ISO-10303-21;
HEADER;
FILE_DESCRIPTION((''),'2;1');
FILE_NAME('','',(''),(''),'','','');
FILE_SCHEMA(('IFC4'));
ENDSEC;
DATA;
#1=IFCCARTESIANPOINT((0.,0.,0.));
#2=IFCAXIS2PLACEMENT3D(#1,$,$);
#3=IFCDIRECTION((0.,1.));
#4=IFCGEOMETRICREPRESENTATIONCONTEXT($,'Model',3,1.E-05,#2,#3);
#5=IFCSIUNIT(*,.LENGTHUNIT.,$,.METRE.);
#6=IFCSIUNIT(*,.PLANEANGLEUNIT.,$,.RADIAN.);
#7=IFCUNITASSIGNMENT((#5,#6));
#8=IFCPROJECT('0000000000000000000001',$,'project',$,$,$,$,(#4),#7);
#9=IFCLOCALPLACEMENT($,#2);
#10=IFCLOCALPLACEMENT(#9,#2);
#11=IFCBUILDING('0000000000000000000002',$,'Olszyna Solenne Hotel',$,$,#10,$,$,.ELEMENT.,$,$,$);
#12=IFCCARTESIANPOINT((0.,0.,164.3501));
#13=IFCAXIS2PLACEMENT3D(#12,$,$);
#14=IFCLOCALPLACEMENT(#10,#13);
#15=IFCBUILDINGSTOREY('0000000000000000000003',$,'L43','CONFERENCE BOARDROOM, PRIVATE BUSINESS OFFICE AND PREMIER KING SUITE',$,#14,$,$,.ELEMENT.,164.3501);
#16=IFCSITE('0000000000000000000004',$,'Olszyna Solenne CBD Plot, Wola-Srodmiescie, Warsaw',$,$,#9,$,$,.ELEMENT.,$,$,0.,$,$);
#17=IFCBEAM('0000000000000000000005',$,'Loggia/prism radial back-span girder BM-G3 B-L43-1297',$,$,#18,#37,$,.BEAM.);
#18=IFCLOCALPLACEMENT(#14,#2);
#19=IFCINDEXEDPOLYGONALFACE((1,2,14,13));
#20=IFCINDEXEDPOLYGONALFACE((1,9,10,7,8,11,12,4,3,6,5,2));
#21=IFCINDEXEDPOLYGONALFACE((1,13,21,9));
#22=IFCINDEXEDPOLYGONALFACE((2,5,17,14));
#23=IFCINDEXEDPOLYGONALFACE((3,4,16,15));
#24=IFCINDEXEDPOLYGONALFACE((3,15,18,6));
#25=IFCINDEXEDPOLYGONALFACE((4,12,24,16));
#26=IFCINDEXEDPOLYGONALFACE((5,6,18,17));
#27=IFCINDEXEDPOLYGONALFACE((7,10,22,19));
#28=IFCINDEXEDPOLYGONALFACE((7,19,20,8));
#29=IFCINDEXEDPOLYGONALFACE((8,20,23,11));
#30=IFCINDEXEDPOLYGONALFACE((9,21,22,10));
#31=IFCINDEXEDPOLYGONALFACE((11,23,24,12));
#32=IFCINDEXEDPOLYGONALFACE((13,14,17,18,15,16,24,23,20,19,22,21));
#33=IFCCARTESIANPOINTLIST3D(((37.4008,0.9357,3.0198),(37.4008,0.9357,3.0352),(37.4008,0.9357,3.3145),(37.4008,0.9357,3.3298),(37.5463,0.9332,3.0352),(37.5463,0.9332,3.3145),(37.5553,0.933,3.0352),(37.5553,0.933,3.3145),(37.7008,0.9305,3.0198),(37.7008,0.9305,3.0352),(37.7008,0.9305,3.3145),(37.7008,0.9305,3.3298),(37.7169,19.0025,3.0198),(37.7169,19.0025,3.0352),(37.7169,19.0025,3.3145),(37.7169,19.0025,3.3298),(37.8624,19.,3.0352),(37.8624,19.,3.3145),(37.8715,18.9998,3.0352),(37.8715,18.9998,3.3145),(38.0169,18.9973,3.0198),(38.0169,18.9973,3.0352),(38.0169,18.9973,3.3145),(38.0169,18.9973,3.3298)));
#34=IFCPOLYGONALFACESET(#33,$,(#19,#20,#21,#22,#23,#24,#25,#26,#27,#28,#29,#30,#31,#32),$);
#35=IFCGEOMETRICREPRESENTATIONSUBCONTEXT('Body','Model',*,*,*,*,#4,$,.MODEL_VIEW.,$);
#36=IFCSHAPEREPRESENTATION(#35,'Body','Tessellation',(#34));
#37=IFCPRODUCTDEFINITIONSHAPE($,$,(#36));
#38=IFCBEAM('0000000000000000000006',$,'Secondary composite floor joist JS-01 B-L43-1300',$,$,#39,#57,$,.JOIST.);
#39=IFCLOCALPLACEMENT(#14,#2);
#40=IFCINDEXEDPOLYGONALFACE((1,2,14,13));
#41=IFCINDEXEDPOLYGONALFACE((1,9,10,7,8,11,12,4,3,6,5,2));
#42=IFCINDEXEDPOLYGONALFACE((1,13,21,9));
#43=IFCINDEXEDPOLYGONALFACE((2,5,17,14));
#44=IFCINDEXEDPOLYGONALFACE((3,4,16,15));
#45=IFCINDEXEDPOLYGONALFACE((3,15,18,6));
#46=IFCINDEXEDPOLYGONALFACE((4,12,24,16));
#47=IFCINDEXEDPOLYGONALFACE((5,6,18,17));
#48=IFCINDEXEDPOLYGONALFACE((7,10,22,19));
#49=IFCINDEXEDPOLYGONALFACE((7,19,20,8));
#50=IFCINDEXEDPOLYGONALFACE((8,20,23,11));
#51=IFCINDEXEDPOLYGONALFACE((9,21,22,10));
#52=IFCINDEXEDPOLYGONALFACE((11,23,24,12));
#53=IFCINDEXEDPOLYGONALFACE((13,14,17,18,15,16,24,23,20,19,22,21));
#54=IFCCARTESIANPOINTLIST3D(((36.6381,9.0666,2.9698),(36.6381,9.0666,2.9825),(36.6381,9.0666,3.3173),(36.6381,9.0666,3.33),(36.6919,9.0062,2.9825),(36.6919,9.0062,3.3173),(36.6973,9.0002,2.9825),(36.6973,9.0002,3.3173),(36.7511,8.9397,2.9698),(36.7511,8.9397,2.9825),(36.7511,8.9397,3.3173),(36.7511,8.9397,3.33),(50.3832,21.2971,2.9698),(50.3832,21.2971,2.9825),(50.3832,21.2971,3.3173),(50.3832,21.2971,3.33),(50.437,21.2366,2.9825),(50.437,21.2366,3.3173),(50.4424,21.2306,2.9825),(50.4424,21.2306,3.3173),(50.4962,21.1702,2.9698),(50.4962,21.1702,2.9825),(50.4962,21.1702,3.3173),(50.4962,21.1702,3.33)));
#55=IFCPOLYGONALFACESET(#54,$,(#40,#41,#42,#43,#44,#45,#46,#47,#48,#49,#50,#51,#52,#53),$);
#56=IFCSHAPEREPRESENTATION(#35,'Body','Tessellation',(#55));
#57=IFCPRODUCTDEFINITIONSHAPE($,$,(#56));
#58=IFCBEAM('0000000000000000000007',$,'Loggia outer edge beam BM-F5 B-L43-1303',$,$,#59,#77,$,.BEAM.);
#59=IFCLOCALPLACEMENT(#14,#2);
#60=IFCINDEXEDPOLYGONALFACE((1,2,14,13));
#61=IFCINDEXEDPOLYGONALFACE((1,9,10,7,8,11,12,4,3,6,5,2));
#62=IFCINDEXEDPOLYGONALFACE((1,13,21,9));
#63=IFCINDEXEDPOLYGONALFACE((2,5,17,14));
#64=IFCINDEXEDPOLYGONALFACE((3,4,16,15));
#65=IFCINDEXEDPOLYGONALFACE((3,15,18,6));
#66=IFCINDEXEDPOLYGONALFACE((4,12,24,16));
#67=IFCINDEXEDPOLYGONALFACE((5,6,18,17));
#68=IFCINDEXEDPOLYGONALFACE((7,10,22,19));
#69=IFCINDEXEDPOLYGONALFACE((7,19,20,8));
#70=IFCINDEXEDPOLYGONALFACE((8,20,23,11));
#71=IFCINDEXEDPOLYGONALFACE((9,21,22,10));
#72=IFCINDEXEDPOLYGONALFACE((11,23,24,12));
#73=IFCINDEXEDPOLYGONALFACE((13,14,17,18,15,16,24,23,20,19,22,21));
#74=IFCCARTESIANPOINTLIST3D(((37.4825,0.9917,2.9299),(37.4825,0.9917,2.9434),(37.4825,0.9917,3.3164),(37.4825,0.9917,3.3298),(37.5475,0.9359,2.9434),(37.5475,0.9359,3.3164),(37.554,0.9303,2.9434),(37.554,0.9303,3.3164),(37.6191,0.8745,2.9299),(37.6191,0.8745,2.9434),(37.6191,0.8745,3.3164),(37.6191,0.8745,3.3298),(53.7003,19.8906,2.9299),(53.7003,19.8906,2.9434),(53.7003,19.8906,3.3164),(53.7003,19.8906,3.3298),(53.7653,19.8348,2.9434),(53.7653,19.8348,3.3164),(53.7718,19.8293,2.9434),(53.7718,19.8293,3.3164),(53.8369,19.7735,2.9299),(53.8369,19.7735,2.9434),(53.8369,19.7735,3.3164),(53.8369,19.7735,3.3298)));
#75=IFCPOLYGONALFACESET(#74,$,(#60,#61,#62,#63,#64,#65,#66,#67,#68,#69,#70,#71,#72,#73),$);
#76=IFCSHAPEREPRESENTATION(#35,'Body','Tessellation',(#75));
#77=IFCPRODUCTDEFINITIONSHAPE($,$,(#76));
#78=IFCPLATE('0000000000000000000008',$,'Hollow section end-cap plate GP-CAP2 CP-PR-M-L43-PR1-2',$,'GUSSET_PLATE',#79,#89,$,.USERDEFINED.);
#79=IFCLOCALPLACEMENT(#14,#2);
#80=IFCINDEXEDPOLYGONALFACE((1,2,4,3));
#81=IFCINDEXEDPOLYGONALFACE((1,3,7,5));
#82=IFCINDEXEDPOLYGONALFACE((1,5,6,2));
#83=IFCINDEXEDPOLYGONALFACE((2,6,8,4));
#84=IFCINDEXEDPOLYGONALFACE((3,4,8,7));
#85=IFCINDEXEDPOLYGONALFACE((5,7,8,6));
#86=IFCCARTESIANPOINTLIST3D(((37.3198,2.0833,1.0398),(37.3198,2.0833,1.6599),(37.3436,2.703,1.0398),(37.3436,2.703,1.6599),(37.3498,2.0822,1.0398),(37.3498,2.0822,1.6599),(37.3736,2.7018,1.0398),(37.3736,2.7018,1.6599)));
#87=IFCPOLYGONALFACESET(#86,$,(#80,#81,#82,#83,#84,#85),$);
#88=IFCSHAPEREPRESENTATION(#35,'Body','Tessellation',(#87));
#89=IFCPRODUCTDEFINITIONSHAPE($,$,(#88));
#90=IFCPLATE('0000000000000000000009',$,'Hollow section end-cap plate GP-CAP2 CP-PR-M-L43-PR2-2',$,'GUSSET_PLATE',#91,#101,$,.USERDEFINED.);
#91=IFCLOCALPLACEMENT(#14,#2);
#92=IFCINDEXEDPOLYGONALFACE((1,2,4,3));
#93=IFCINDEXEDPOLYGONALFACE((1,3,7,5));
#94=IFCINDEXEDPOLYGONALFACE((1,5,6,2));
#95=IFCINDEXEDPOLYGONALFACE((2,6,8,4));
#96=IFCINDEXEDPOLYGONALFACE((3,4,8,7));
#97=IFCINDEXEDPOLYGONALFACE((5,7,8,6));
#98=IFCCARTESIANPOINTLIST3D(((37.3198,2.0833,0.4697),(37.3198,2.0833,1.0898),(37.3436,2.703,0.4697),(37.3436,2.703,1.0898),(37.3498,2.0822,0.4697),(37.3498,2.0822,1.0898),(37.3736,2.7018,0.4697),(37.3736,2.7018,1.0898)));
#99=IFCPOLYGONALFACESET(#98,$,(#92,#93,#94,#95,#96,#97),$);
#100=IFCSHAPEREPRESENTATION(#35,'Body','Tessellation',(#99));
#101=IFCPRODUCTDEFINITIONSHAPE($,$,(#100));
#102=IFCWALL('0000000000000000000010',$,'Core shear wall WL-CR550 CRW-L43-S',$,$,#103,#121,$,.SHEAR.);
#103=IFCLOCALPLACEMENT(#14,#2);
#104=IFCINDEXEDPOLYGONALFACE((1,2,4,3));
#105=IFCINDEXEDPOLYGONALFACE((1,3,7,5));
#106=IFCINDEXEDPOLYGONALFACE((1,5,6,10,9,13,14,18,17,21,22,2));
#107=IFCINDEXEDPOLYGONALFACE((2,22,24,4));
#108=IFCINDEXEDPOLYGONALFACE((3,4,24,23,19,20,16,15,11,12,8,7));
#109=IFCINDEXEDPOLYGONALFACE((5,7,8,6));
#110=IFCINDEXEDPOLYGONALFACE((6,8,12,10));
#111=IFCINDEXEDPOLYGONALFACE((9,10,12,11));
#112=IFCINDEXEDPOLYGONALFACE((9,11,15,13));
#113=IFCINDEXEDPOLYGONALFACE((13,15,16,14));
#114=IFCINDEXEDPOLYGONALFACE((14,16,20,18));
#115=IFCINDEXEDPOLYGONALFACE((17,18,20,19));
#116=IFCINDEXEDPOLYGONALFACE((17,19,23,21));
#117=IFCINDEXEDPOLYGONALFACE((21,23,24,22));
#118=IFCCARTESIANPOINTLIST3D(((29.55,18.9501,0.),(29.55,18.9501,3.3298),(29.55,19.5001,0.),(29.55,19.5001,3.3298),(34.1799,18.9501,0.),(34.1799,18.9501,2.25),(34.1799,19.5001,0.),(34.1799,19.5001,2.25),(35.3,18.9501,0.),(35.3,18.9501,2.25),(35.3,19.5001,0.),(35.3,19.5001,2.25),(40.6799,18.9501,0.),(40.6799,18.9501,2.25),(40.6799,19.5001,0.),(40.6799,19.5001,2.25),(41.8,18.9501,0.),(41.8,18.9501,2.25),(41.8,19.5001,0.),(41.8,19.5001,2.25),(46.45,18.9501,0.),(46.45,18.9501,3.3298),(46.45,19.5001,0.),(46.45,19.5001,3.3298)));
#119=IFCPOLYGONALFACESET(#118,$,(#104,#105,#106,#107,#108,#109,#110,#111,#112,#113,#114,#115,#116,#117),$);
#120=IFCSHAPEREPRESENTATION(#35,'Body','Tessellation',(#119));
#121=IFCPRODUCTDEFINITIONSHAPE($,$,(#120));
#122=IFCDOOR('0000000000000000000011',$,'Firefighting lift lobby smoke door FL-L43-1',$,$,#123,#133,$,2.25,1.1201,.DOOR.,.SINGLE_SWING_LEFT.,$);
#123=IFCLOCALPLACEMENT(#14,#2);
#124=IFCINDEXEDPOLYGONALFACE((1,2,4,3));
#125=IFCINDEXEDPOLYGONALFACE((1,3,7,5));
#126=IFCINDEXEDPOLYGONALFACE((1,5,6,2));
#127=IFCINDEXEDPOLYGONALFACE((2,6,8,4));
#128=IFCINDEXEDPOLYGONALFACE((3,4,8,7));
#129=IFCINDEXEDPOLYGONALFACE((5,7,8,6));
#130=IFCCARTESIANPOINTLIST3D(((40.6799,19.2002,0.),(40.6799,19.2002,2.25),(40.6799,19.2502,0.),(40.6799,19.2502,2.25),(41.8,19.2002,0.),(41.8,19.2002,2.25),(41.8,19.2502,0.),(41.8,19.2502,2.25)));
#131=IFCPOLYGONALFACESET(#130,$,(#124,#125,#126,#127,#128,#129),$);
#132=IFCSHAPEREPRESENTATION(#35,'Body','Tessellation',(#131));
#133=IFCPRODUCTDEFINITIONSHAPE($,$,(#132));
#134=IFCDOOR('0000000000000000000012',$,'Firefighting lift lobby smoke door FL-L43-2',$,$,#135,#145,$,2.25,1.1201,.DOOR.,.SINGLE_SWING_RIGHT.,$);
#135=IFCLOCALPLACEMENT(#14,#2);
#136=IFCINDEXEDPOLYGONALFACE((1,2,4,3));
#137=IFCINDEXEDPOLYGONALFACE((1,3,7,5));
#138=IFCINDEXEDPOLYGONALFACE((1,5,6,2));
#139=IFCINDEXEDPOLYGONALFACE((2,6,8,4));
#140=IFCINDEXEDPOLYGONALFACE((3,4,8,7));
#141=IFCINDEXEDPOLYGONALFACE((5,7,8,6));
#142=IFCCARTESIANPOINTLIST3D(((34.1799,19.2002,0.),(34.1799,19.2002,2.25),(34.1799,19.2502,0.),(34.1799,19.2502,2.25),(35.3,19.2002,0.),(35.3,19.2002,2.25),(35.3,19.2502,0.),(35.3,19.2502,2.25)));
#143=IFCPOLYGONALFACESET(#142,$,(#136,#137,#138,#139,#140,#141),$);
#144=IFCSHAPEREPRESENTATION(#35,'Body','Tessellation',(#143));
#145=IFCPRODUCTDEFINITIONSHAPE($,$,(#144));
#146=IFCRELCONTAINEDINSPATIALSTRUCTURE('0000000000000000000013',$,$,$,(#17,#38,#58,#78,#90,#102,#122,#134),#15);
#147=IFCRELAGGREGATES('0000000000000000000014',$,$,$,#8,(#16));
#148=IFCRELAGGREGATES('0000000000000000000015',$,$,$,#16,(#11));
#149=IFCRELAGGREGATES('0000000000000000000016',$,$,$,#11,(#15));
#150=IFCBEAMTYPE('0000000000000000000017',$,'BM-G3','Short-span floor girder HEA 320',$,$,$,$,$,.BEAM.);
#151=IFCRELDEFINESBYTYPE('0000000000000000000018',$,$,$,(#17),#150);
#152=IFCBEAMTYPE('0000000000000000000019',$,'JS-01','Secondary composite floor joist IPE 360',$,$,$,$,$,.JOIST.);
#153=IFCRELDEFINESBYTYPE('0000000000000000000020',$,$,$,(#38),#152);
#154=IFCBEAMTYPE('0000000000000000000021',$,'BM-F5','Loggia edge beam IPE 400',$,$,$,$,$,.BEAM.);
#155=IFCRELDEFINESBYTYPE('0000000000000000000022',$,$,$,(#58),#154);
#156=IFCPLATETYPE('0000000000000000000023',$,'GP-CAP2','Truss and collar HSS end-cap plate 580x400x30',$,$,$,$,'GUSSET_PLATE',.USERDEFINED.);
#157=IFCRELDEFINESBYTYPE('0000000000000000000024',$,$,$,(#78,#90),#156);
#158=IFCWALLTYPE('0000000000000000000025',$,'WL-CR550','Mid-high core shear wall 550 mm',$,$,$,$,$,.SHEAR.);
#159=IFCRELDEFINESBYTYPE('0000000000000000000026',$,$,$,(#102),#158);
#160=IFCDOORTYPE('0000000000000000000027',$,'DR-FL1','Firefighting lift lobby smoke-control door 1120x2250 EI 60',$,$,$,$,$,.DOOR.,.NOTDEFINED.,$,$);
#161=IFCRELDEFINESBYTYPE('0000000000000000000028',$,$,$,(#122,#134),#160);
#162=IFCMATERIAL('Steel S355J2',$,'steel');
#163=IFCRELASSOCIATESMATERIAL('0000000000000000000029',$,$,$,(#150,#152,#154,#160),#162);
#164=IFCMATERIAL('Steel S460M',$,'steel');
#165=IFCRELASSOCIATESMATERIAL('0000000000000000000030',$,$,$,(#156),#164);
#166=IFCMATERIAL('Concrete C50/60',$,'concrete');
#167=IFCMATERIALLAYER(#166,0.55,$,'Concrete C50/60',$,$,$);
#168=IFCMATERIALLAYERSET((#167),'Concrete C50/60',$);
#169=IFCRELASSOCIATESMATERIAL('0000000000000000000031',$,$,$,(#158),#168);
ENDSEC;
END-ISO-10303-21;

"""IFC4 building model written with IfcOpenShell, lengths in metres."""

from ifc_helpers import new_model, si_unit, direction, frame, frame_2d, origin, origin_2d, place, context, subcontext, project, spatial, rectangle, i_section, extrude, source, transform, mapped, material, layer, layer_set, material_profile, profile_set, type_object, type_shapes, element, fill, save


model = new_model("IFC4")

# Units and contexts
model_context = context("Model", 3, precision=1e-05, world=origin(), true_north=direction((0.0, 1.0)))
body_context = subcontext(model_context, "Body", "Model", "MODEL_VIEW")
ifc_project = project(units=[si_unit("LENGTHUNIT", "METRE"), si_unit("PLANEANGLEUNIT", "RADIAN")], contexts=[model_context])

# Site, building, storey
site_placement = place(None, origin())
site = spatial("IfcSite", under=ifc_project, at=site_placement, Name="Olszyna Solenne CBD Plot, Wola-Srodmiescie, Warsaw", CompositionType="ELEMENT", RefElevation=0.0)
building_placement = place(site_placement, origin())
building = spatial("IfcBuilding", under=site, at=building_placement, Name="Olszyna Solenne Hotel", CompositionType="ELEMENT")
storey_placement = place(building_placement, frame((0.0, 0.0, 164.3501)))
storey = spatial("IfcBuildingStorey", under=building, at=storey_placement, Name="L43", Description="CONFERENCE BOARDROOM, PRIVATE BUSINESS OFFICE AND PREMIER KING SUITE", CompositionType="ELEMENT", Elevation=164.3501)

# Shared definitions
ifc_material_1 = material(Name="Steel S460M", Category="steel")

# Beams
ifc_material_2 = material(Name="Steel S355J2", Category="steel")
ifc_material_profile_1 = material_profile(ifc_material_2, i_section(OverallWidth=0.3, OverallDepth=0.3101, WebThickness=0.009, FlangeThickness=0.0154, at=origin_2d()), Name="HEA 320", Category="load-bearing")
ifc_profile_set_1 = profile_set([ifc_material_profile_1], Name="Steel S355J2")
beam_type_1 = type_object("IfcBeamType", Name="BM-G3", Description="Short-span floor girder HEA 320", PredefinedType="BEAM", material=ifc_profile_set_1)
shared_shape_1 = source(origin(), body_context, "Body", "SweptSolid", [
    extrude(i_section(OverallWidth=0.3, OverallDepth=0.3101, WebThickness=0.009, FlangeThickness=0.0154, at=origin_2d()), origin(), (0.0, 0.0, 1.0), 18.0696),
])
beam_1_placement = place(storey_placement, frame((37.5508, 0.9331, 3.1748), z_axis=(0.017497, 0.999847, 0.0), x_axis=(-0.999847, 0.017497, 0.0)))
element("IfcBeam", 1, at=beam_1_placement, inside=storey, type_object=beam_type_1, Name="Loggia/prism radial back-span girder BM-G3 B-L43-1297", PredefinedType="BEAM", context=body_context, shape_type="MappedRepresentation", body=[
    mapped(shared_shape_1, transform((0.0, 0.0, 0.0), x_axis=(1.0, 0.0, 0.0), y_axis=(0.0, 1.0, 0.0), z_axis=(0.0, 0.0, 1.0), scale=1.0)),
])
ifc_material_profile_2 = material_profile(ifc_material_2, i_section(OverallWidth=0.1699, OverallDepth=0.3601, WebThickness=0.0081, FlangeThickness=0.0127, at=origin_2d()), Name="IPE 360", Category="load-bearing")
ifc_profile_set_2 = profile_set([ifc_material_profile_2], Name="Steel S355J2")
beam_type_2 = type_object("IfcBeamType", Name="JS-01", Description="Secondary composite floor joist IPE 360", PredefinedType="JOIST", material=ifc_profile_set_2)
shared_shape_2 = source(origin(), body_context, "Body", "SweptSolid", [
    extrude(i_section(OverallWidth=0.1699, OverallDepth=0.3601, WebThickness=0.0081, FlangeThickness=0.0127, at=origin_2d()), origin(), (0.0, 0.0, 1.0), 18.3987),
])
beam_2_placement = place(storey_placement, frame((36.6946, 9.0032, 3.1499), z_axis=(0.74707, 0.664746, 0.0), x_axis=(-0.664746, 0.74707, 0.0)))
element("IfcBeam", 2, at=beam_2_placement, inside=storey, type_object=beam_type_2, Name="Secondary composite floor joist JS-01 B-L43-1300", PredefinedType="JOIST", context=body_context, shape_type="MappedRepresentation", body=[
    mapped(shared_shape_2, transform((0.0, 0.0, 0.0), x_axis=(1.0, 0.0, 0.0), y_axis=(0.0, 1.0, 0.0), z_axis=(0.0, 0.0, 1.0), scale=1.0)),
])
ifc_material_profile_3 = material_profile(ifc_material_2, i_section(OverallWidth=0.1799, OverallDepth=0.3999, WebThickness=0.0085, FlangeThickness=0.0134, at=origin_2d()), Name="IPE 400", Category="load-bearing")
ifc_profile_set_3 = profile_set([ifc_material_profile_3], Name="Steel S355J2")
beam_type_3 = type_object("IfcBeamType", Name="BM-F5", Description="Loggia edge beam IPE 400", PredefinedType="BEAM", material=ifc_profile_set_3)
shared_shape_3 = source(origin(), body_context, "Body", "SweptSolid", [
    extrude(i_section(OverallWidth=0.1799, OverallDepth=0.3999, WebThickness=0.0085, FlangeThickness=0.0134, at=origin_2d()), origin(), (0.0, 0.0, 1.0), 24.9036),
])
beam_3_placement = place(storey_placement, frame((37.5508, 0.9331, 3.1299), z_axis=(0.651224, 0.758886, 0.0), x_axis=(-0.758886, 0.651224, 0.0)))
element("IfcBeam", 3, at=beam_3_placement, inside=storey, type_object=beam_type_3, Name="Loggia outer edge beam BM-F5 B-L43-1303", PredefinedType="BEAM", context=body_context, shape_type="MappedRepresentation", body=[
    mapped(shared_shape_3, transform((0.0, 0.0, 0.0), x_axis=(1.0, 0.0, 0.0), y_axis=(0.0, 1.0, 0.0), z_axis=(0.0, 0.0, 1.0), scale=1.0)),
])

# Plates
plate_type = type_object("IfcPlateType", Name="GP-CAP2", Description="Truss and collar HSS end-cap plate 580x400x30", ElementType="GUSSET_PLATE", PredefinedType="USERDEFINED", material=ifc_material_1)
shared_shape_4 = source(origin(), body_context, "Body", "SweptSolid", [
    extrude(rectangle(XDim=0.03, YDim=0.6201, at=origin_2d()), origin(), (0.0, 0.0, 1.0), 0.6201),
])
for number, where, z_axis, x_axis, name in (
    (4, (37.3467, 2.3926, 1.0398), (0.0, 0.0, 1.0), (0.999263, -0.038388, 0.0), "Hollow section end-cap plate GP-CAP2 CP-PR-M-L43-PR1-2"),
    (5, (37.3467, 2.3926, 0.4697), (0.0, 0.0, 1.0), (0.999263, -0.038388, 0.0), "Hollow section end-cap plate GP-CAP2 CP-PR-M-L43-PR2-2"),
):
    element("IfcPlate", number, at=place(storey_placement, frame(where, z_axis=z_axis, x_axis=x_axis)), inside=storey, type_object=plate_type, Name=name, ObjectType="GUSSET_PLATE", PredefinedType="USERDEFINED", context=body_context, shape_type="MappedRepresentation", body=[
        mapped(shared_shape_4, transform((0.0, 0.0, 0.0), x_axis=(1.0, 0.0, 0.0), y_axis=(0.0, 1.0, 0.0), z_axis=(0.0, 0.0, 1.0), scale=1.0)),
    ])

# Wall, openings, doors
ifc_material_3 = material(Name="Concrete C50/60", Category="concrete")
ifc_layer_1 = layer(ifc_material_3, 0.55, Name="Concrete C50/60")
ifc_layer_set_1 = layer_set([ifc_layer_1], Name="Concrete C50/60")
wall_type_1 = type_object("IfcWallType", Name="WL-CR550", Description="Mid-high core shear wall 550 mm", PredefinedType="SHEAR", material=ifc_layer_set_1)
wall_1_placement = place(storey_placement, frame((46.45, 19.2251, 0.0), z_axis=(0.0, 0.0, 1.0), x_axis=(-1.0, 0.0, 0.0)))
wall_1 = element("IfcWall", 6, at=wall_1_placement, inside=storey, type_object=wall_type_1, Name="Core shear wall WL-CR550 CRW-L43-S", PredefinedType="SHEAR", context=body_context, shape_type="SweptSolid", body=[
    extrude(rectangle(XDim=16.8999, YDim=0.55, at=frame_2d((8.45, 0.0))), origin(), (0.0, 0.0, 1.0), 3.3298),
])
opening_1_placement = place(wall_1_placement, frame((4.6499, 0.0, 0.0)))
opening_1 = element("IfcOpeningElement", 7, at=opening_1_placement, cuts=wall_1, PredefinedType="OPENING", context=body_context, shape_type="SweptSolid", body=[
    extrude(rectangle(XDim=1.1201, YDim=2.25, at=frame_2d((0.5601, 1.125))), frame((0.0, 0.2852, 0.0), z_axis=(0.0, -1.0, 0.0), x_axis=(1.0, 0.0, 0.0)), (0.0, 0.0, 1.0), 0.5701),
])
opening_2_placement = place(wall_1_placement, frame((11.1499, 0.0, 0.0)))
opening_2 = element("IfcOpeningElement", 8, at=opening_2_placement, cuts=wall_1, PredefinedType="OPENING", context=body_context, shape_type="SweptSolid", body=[
    extrude(rectangle(XDim=1.1201, YDim=2.25, at=frame_2d((0.5601, 1.125))), frame((0.0, 0.2852, 0.0), z_axis=(0.0, -1.0, 0.0), x_axis=(1.0, 0.0, 0.0)), (0.0, 0.0, 1.0), 0.5701),
])
door_type_1 = type_object("IfcDoorType", Name="DR-FL1", Description="Firefighting lift lobby smoke-control door 1120x2250 EI 60", OperationType="NOTDEFINED", PredefinedType="DOOR", material=ifc_material_2)
shared_shape_5 = source(origin(), body_context, "Body", "SweptSolid", [
    extrude(rectangle(XDim=1.1201, YDim=2.25, at=frame_2d((0.5601, 1.125))), frame((0.0, 0.0249, 0.0), z_axis=(0.0, -1.0, 0.0), x_axis=(1.0, 0.0, 0.0)), (0.0, 0.0, 1.0), 0.05),
])
type_shapes(door_type_1, [shared_shape_5])
door_1_placement = place(opening_1_placement, origin())
door_1 = element("IfcDoor", 9, at=door_1_placement, inside=storey, type_object=door_type_1, Name="Firefighting lift lobby smoke door FL-L43-1", OperationType="SINGLE_SWING_LEFT", OverallHeight=2.25, OverallWidth=1.1201, PredefinedType="DOOR", context=body_context, shape_type="MappedRepresentation", body=[
    mapped(shared_shape_5, transform((0.0, 0.0, 0.0), x_axis=(1.0, 0.0, 0.0), y_axis=(0.0, 1.0, 0.0), z_axis=(0.0, 0.0, 1.0), scale=1.0)),
])
fill(opening_1, door_1)
door_2_placement = place(opening_2_placement, origin())
door_2 = element("IfcDoor", 10, at=door_2_placement, inside=storey, type_object=door_type_1, Name="Firefighting lift lobby smoke door FL-L43-2", OperationType="SINGLE_SWING_RIGHT", OverallHeight=2.25, OverallWidth=1.1201, PredefinedType="DOOR", context=body_context, shape_type="MappedRepresentation", body=[
    mapped(shared_shape_5, transform((0.0, 0.0, 0.0), x_axis=(1.0, 0.0, 0.0), y_axis=(0.0, 1.0, 0.0), z_axis=(0.0, 0.0, 1.0), scale=1.0)),
])
fill(opening_2, door_2)

save(model, "model.ifc")
